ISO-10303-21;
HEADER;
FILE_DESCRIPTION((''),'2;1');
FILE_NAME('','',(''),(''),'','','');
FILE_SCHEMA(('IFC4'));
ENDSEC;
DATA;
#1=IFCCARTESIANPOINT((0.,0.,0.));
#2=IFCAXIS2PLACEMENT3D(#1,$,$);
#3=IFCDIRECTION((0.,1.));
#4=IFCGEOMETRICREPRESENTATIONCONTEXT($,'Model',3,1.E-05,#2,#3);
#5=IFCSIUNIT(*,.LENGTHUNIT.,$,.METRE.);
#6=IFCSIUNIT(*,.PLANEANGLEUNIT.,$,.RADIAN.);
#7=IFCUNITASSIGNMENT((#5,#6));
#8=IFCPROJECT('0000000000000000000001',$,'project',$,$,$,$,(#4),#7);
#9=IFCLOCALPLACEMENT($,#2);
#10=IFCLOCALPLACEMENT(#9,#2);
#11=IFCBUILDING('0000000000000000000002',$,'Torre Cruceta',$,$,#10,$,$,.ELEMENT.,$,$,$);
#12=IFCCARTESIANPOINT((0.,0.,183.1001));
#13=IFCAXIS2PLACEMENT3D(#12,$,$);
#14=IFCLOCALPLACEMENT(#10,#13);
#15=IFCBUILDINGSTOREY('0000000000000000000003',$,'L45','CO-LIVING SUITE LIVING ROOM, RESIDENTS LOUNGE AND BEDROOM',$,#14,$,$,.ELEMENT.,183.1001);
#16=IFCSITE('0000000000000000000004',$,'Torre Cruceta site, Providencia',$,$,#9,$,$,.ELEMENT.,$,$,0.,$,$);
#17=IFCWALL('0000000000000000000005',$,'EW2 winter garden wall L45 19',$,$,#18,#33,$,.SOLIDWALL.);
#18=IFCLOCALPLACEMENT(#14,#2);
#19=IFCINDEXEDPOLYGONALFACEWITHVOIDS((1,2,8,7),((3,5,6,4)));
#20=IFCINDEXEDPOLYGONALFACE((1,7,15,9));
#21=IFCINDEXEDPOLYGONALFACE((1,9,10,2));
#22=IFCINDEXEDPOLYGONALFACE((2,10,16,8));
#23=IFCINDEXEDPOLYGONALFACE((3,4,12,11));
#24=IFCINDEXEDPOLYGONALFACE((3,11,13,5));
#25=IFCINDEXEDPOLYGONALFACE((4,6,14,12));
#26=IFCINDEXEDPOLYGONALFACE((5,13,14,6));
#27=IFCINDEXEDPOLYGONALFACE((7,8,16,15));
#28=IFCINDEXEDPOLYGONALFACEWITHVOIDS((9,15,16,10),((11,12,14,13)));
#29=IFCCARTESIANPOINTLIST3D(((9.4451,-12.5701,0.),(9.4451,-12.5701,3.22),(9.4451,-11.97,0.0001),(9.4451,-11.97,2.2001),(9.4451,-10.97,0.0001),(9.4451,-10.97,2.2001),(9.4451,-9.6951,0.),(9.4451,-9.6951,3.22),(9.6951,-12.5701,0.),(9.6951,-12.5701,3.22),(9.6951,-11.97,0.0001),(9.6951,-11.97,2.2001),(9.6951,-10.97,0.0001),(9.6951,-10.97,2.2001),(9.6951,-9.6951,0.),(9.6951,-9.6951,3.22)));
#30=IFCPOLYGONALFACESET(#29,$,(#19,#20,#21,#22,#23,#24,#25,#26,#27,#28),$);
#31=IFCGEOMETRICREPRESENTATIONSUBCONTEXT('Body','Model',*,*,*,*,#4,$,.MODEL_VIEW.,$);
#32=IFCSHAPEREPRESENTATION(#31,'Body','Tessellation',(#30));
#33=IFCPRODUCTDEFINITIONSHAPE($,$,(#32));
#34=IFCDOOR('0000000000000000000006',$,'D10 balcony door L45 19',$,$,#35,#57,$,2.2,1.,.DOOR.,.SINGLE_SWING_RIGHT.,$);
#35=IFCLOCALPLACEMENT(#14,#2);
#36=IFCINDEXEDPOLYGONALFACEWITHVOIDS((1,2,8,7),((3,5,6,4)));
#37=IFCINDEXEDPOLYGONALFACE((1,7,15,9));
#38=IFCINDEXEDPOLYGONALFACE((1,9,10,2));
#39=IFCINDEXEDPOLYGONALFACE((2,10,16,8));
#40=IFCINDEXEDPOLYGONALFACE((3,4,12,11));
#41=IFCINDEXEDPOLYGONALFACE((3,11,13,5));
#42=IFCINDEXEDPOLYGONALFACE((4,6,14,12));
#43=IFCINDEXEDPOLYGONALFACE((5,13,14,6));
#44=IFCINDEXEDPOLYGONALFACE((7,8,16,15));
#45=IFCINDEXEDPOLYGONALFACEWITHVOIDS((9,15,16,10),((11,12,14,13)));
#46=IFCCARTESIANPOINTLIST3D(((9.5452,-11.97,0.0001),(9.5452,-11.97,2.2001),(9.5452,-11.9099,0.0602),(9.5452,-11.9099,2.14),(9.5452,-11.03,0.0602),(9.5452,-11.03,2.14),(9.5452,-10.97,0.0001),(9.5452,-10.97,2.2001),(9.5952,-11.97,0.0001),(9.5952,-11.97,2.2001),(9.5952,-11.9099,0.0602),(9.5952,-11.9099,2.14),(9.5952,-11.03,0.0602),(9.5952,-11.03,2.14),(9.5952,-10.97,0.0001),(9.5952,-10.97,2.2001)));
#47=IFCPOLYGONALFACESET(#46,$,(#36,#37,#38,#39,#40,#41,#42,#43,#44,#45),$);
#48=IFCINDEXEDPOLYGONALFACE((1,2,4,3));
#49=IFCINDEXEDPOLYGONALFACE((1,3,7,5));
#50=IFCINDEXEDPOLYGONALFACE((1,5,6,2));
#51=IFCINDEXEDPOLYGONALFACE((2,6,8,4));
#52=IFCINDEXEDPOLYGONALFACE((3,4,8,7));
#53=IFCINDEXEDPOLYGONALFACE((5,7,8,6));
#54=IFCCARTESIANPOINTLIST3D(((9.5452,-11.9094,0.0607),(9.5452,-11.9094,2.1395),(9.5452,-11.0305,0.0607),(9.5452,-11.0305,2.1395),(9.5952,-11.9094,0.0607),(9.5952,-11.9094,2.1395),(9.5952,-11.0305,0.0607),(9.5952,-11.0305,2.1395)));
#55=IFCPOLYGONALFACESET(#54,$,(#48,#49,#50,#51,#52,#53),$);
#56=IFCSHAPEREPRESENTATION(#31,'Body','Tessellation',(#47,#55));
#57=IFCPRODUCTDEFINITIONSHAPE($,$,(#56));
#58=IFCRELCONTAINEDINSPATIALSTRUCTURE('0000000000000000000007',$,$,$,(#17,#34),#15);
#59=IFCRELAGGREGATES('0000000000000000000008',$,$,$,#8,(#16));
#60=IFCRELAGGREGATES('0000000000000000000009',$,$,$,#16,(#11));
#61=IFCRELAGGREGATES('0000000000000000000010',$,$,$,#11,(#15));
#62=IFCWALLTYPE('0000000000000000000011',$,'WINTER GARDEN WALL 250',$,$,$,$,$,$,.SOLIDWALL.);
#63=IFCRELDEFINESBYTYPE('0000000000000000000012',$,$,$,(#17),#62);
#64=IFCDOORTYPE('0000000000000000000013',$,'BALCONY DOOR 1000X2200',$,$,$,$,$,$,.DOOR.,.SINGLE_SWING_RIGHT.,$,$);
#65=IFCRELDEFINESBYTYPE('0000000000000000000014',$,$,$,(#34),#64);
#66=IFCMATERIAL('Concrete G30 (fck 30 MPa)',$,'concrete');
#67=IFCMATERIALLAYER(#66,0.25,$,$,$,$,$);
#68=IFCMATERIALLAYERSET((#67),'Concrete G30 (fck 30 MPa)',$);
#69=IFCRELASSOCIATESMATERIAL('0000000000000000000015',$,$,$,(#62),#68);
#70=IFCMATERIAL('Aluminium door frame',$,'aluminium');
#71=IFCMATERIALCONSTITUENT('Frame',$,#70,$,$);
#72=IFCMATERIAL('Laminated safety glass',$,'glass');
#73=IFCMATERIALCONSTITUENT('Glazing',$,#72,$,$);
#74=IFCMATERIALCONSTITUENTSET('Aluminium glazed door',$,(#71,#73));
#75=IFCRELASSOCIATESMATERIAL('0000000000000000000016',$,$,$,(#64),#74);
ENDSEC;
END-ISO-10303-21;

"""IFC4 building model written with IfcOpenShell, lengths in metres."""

from ifc_helpers import new_model, si_unit, direction, frame, frame_2d, origin, place, context, subcontext, project, spatial, rectangle, hollow_rectangle, extrude, material, layer, layer_set, constituent, constituent_set, type_object, element, fill, save


model = new_model("IFC4")

# Units and contexts
model_context = context("Model", 3, precision=1e-05, world=origin(), true_north=direction((0.0, 1.0)))
body_context = subcontext(model_context, "Body", "Model", "MODEL_VIEW")
ifc_project = project(units=[si_unit("LENGTHUNIT", "METRE"), si_unit("PLANEANGLEUNIT", "RADIAN")], contexts=[model_context])

# Site, building, storey
site_placement = place(None, origin())
site = spatial("IfcSite", under=ifc_project, at=site_placement, Name="Torre Cruceta site, Providencia", CompositionType="ELEMENT", RefElevation=0.0)
building_placement = place(site_placement, origin())
building = spatial("IfcBuilding", under=site, at=building_placement, Name="Torre Cruceta", CompositionType="ELEMENT")
storey_placement = place(building_placement, frame((0.0, 0.0, 183.1001)))
storey = spatial("IfcBuildingStorey", under=building, at=storey_placement, Name="L45", Description="CO-LIVING SUITE LIVING ROOM, RESIDENTS LOUNGE AND BEDROOM", CompositionType="ELEMENT", Elevation=183.1001)

# Wall, opening, door
ifc_material_1 = material(Name="Concrete G30 (fck 30 MPa)", Category="concrete")
ifc_layer_1 = layer(ifc_material_1, 0.25)
ifc_layer_set_1 = layer_set([ifc_layer_1], Name="Concrete G30 (fck 30 MPa)")
wall_type_1 = type_object("IfcWallType", Name="WINTER GARDEN WALL 250", PredefinedType="SOLIDWALL", material=ifc_layer_set_1)
ifc_material_2 = material(Name="Aluminium door frame", Category="aluminium")
ifc_constituent_1 = constituent(ifc_material_2, Name="Frame")
ifc_material_3 = material(Name="Laminated safety glass", Category="glass")
ifc_constituent_2 = constituent(ifc_material_3, Name="Glazing")
ifc_constituent_set_1 = constituent_set(constituents=[ifc_constituent_1, ifc_constituent_2], Name="Aluminium glazed door")
door_type_1 = type_object("IfcDoorType", Name="BALCONY DOOR 1000X2200", OperationType="SINGLE_SWING_RIGHT", PredefinedType="DOOR", material=ifc_constituent_set_1)
wall_1_placement = place(storey_placement, frame((9.5701, -12.5701, 0.0), z_axis=(0.0, 0.0, 1.0), x_axis=(0.0, 1.0, 0.0)))
wall_1 = element("IfcWall", 1, at=wall_1_placement, inside=storey, type_object=wall_type_1, Name="EW2 winter garden wall L45 19", PredefinedType="SOLIDWALL", context=body_context, shape_type="SweptSolid", body=[
    extrude(rectangle(XDim=2.875, YDim=0.25, at=frame_2d((1.4375, 0.0))), origin(), (0.0, 0.0, 1.0), 3.22),
])
opening_1_placement = place(wall_1_placement, frame((0.6001, 0.0, 0.0)))
opening_1 = element("IfcOpeningElement", 2, at=opening_1_placement, cuts=wall_1, PredefinedType="OPENING", context=body_context, shape_type="SweptSolid", body=[
    extrude(rectangle(XDim=1.0, YDim=2.2, at=frame_2d((0.5, 1.1001))), frame((0.0, 0.135, 0.0), z_axis=(0.0, -1.0, 0.0), x_axis=(1.0, 0.0, 0.0)), (0.0, 0.0, 1.0), 0.27),
])
door_1_placement = place(opening_1_placement, origin())
door_1 = element("IfcDoor", 3, at=door_1_placement, inside=storey, type_object=door_type_1, Name="D10 balcony door L45 19", OperationType="SINGLE_SWING_RIGHT", OverallHeight=2.2, OverallWidth=1.0, PredefinedType="DOOR", context=body_context, shape_type="SweptSolid", body=[
    extrude(hollow_rectangle(XDim=1.0, YDim=2.2, WallThickness=0.0601, at=frame_2d((0.5, 1.1001))), frame((0.0, 0.0249, 0.0), z_axis=(0.0, -1.0, 0.0), x_axis=(1.0, 0.0, 0.0)), (0.0, 0.0, 1.0), 0.05),
    extrude(rectangle(XDim=0.8789, YDim=2.0789, at=frame_2d((0.5, 1.1001))), frame((0.0, 0.0249, 0.0), z_axis=(0.0, -1.0, 0.0), x_axis=(1.0, 0.0, 0.0)), (0.0, 0.0, 1.0), 0.05),
])
fill(opening_1, door_1)

save(model, "model.ifc")
